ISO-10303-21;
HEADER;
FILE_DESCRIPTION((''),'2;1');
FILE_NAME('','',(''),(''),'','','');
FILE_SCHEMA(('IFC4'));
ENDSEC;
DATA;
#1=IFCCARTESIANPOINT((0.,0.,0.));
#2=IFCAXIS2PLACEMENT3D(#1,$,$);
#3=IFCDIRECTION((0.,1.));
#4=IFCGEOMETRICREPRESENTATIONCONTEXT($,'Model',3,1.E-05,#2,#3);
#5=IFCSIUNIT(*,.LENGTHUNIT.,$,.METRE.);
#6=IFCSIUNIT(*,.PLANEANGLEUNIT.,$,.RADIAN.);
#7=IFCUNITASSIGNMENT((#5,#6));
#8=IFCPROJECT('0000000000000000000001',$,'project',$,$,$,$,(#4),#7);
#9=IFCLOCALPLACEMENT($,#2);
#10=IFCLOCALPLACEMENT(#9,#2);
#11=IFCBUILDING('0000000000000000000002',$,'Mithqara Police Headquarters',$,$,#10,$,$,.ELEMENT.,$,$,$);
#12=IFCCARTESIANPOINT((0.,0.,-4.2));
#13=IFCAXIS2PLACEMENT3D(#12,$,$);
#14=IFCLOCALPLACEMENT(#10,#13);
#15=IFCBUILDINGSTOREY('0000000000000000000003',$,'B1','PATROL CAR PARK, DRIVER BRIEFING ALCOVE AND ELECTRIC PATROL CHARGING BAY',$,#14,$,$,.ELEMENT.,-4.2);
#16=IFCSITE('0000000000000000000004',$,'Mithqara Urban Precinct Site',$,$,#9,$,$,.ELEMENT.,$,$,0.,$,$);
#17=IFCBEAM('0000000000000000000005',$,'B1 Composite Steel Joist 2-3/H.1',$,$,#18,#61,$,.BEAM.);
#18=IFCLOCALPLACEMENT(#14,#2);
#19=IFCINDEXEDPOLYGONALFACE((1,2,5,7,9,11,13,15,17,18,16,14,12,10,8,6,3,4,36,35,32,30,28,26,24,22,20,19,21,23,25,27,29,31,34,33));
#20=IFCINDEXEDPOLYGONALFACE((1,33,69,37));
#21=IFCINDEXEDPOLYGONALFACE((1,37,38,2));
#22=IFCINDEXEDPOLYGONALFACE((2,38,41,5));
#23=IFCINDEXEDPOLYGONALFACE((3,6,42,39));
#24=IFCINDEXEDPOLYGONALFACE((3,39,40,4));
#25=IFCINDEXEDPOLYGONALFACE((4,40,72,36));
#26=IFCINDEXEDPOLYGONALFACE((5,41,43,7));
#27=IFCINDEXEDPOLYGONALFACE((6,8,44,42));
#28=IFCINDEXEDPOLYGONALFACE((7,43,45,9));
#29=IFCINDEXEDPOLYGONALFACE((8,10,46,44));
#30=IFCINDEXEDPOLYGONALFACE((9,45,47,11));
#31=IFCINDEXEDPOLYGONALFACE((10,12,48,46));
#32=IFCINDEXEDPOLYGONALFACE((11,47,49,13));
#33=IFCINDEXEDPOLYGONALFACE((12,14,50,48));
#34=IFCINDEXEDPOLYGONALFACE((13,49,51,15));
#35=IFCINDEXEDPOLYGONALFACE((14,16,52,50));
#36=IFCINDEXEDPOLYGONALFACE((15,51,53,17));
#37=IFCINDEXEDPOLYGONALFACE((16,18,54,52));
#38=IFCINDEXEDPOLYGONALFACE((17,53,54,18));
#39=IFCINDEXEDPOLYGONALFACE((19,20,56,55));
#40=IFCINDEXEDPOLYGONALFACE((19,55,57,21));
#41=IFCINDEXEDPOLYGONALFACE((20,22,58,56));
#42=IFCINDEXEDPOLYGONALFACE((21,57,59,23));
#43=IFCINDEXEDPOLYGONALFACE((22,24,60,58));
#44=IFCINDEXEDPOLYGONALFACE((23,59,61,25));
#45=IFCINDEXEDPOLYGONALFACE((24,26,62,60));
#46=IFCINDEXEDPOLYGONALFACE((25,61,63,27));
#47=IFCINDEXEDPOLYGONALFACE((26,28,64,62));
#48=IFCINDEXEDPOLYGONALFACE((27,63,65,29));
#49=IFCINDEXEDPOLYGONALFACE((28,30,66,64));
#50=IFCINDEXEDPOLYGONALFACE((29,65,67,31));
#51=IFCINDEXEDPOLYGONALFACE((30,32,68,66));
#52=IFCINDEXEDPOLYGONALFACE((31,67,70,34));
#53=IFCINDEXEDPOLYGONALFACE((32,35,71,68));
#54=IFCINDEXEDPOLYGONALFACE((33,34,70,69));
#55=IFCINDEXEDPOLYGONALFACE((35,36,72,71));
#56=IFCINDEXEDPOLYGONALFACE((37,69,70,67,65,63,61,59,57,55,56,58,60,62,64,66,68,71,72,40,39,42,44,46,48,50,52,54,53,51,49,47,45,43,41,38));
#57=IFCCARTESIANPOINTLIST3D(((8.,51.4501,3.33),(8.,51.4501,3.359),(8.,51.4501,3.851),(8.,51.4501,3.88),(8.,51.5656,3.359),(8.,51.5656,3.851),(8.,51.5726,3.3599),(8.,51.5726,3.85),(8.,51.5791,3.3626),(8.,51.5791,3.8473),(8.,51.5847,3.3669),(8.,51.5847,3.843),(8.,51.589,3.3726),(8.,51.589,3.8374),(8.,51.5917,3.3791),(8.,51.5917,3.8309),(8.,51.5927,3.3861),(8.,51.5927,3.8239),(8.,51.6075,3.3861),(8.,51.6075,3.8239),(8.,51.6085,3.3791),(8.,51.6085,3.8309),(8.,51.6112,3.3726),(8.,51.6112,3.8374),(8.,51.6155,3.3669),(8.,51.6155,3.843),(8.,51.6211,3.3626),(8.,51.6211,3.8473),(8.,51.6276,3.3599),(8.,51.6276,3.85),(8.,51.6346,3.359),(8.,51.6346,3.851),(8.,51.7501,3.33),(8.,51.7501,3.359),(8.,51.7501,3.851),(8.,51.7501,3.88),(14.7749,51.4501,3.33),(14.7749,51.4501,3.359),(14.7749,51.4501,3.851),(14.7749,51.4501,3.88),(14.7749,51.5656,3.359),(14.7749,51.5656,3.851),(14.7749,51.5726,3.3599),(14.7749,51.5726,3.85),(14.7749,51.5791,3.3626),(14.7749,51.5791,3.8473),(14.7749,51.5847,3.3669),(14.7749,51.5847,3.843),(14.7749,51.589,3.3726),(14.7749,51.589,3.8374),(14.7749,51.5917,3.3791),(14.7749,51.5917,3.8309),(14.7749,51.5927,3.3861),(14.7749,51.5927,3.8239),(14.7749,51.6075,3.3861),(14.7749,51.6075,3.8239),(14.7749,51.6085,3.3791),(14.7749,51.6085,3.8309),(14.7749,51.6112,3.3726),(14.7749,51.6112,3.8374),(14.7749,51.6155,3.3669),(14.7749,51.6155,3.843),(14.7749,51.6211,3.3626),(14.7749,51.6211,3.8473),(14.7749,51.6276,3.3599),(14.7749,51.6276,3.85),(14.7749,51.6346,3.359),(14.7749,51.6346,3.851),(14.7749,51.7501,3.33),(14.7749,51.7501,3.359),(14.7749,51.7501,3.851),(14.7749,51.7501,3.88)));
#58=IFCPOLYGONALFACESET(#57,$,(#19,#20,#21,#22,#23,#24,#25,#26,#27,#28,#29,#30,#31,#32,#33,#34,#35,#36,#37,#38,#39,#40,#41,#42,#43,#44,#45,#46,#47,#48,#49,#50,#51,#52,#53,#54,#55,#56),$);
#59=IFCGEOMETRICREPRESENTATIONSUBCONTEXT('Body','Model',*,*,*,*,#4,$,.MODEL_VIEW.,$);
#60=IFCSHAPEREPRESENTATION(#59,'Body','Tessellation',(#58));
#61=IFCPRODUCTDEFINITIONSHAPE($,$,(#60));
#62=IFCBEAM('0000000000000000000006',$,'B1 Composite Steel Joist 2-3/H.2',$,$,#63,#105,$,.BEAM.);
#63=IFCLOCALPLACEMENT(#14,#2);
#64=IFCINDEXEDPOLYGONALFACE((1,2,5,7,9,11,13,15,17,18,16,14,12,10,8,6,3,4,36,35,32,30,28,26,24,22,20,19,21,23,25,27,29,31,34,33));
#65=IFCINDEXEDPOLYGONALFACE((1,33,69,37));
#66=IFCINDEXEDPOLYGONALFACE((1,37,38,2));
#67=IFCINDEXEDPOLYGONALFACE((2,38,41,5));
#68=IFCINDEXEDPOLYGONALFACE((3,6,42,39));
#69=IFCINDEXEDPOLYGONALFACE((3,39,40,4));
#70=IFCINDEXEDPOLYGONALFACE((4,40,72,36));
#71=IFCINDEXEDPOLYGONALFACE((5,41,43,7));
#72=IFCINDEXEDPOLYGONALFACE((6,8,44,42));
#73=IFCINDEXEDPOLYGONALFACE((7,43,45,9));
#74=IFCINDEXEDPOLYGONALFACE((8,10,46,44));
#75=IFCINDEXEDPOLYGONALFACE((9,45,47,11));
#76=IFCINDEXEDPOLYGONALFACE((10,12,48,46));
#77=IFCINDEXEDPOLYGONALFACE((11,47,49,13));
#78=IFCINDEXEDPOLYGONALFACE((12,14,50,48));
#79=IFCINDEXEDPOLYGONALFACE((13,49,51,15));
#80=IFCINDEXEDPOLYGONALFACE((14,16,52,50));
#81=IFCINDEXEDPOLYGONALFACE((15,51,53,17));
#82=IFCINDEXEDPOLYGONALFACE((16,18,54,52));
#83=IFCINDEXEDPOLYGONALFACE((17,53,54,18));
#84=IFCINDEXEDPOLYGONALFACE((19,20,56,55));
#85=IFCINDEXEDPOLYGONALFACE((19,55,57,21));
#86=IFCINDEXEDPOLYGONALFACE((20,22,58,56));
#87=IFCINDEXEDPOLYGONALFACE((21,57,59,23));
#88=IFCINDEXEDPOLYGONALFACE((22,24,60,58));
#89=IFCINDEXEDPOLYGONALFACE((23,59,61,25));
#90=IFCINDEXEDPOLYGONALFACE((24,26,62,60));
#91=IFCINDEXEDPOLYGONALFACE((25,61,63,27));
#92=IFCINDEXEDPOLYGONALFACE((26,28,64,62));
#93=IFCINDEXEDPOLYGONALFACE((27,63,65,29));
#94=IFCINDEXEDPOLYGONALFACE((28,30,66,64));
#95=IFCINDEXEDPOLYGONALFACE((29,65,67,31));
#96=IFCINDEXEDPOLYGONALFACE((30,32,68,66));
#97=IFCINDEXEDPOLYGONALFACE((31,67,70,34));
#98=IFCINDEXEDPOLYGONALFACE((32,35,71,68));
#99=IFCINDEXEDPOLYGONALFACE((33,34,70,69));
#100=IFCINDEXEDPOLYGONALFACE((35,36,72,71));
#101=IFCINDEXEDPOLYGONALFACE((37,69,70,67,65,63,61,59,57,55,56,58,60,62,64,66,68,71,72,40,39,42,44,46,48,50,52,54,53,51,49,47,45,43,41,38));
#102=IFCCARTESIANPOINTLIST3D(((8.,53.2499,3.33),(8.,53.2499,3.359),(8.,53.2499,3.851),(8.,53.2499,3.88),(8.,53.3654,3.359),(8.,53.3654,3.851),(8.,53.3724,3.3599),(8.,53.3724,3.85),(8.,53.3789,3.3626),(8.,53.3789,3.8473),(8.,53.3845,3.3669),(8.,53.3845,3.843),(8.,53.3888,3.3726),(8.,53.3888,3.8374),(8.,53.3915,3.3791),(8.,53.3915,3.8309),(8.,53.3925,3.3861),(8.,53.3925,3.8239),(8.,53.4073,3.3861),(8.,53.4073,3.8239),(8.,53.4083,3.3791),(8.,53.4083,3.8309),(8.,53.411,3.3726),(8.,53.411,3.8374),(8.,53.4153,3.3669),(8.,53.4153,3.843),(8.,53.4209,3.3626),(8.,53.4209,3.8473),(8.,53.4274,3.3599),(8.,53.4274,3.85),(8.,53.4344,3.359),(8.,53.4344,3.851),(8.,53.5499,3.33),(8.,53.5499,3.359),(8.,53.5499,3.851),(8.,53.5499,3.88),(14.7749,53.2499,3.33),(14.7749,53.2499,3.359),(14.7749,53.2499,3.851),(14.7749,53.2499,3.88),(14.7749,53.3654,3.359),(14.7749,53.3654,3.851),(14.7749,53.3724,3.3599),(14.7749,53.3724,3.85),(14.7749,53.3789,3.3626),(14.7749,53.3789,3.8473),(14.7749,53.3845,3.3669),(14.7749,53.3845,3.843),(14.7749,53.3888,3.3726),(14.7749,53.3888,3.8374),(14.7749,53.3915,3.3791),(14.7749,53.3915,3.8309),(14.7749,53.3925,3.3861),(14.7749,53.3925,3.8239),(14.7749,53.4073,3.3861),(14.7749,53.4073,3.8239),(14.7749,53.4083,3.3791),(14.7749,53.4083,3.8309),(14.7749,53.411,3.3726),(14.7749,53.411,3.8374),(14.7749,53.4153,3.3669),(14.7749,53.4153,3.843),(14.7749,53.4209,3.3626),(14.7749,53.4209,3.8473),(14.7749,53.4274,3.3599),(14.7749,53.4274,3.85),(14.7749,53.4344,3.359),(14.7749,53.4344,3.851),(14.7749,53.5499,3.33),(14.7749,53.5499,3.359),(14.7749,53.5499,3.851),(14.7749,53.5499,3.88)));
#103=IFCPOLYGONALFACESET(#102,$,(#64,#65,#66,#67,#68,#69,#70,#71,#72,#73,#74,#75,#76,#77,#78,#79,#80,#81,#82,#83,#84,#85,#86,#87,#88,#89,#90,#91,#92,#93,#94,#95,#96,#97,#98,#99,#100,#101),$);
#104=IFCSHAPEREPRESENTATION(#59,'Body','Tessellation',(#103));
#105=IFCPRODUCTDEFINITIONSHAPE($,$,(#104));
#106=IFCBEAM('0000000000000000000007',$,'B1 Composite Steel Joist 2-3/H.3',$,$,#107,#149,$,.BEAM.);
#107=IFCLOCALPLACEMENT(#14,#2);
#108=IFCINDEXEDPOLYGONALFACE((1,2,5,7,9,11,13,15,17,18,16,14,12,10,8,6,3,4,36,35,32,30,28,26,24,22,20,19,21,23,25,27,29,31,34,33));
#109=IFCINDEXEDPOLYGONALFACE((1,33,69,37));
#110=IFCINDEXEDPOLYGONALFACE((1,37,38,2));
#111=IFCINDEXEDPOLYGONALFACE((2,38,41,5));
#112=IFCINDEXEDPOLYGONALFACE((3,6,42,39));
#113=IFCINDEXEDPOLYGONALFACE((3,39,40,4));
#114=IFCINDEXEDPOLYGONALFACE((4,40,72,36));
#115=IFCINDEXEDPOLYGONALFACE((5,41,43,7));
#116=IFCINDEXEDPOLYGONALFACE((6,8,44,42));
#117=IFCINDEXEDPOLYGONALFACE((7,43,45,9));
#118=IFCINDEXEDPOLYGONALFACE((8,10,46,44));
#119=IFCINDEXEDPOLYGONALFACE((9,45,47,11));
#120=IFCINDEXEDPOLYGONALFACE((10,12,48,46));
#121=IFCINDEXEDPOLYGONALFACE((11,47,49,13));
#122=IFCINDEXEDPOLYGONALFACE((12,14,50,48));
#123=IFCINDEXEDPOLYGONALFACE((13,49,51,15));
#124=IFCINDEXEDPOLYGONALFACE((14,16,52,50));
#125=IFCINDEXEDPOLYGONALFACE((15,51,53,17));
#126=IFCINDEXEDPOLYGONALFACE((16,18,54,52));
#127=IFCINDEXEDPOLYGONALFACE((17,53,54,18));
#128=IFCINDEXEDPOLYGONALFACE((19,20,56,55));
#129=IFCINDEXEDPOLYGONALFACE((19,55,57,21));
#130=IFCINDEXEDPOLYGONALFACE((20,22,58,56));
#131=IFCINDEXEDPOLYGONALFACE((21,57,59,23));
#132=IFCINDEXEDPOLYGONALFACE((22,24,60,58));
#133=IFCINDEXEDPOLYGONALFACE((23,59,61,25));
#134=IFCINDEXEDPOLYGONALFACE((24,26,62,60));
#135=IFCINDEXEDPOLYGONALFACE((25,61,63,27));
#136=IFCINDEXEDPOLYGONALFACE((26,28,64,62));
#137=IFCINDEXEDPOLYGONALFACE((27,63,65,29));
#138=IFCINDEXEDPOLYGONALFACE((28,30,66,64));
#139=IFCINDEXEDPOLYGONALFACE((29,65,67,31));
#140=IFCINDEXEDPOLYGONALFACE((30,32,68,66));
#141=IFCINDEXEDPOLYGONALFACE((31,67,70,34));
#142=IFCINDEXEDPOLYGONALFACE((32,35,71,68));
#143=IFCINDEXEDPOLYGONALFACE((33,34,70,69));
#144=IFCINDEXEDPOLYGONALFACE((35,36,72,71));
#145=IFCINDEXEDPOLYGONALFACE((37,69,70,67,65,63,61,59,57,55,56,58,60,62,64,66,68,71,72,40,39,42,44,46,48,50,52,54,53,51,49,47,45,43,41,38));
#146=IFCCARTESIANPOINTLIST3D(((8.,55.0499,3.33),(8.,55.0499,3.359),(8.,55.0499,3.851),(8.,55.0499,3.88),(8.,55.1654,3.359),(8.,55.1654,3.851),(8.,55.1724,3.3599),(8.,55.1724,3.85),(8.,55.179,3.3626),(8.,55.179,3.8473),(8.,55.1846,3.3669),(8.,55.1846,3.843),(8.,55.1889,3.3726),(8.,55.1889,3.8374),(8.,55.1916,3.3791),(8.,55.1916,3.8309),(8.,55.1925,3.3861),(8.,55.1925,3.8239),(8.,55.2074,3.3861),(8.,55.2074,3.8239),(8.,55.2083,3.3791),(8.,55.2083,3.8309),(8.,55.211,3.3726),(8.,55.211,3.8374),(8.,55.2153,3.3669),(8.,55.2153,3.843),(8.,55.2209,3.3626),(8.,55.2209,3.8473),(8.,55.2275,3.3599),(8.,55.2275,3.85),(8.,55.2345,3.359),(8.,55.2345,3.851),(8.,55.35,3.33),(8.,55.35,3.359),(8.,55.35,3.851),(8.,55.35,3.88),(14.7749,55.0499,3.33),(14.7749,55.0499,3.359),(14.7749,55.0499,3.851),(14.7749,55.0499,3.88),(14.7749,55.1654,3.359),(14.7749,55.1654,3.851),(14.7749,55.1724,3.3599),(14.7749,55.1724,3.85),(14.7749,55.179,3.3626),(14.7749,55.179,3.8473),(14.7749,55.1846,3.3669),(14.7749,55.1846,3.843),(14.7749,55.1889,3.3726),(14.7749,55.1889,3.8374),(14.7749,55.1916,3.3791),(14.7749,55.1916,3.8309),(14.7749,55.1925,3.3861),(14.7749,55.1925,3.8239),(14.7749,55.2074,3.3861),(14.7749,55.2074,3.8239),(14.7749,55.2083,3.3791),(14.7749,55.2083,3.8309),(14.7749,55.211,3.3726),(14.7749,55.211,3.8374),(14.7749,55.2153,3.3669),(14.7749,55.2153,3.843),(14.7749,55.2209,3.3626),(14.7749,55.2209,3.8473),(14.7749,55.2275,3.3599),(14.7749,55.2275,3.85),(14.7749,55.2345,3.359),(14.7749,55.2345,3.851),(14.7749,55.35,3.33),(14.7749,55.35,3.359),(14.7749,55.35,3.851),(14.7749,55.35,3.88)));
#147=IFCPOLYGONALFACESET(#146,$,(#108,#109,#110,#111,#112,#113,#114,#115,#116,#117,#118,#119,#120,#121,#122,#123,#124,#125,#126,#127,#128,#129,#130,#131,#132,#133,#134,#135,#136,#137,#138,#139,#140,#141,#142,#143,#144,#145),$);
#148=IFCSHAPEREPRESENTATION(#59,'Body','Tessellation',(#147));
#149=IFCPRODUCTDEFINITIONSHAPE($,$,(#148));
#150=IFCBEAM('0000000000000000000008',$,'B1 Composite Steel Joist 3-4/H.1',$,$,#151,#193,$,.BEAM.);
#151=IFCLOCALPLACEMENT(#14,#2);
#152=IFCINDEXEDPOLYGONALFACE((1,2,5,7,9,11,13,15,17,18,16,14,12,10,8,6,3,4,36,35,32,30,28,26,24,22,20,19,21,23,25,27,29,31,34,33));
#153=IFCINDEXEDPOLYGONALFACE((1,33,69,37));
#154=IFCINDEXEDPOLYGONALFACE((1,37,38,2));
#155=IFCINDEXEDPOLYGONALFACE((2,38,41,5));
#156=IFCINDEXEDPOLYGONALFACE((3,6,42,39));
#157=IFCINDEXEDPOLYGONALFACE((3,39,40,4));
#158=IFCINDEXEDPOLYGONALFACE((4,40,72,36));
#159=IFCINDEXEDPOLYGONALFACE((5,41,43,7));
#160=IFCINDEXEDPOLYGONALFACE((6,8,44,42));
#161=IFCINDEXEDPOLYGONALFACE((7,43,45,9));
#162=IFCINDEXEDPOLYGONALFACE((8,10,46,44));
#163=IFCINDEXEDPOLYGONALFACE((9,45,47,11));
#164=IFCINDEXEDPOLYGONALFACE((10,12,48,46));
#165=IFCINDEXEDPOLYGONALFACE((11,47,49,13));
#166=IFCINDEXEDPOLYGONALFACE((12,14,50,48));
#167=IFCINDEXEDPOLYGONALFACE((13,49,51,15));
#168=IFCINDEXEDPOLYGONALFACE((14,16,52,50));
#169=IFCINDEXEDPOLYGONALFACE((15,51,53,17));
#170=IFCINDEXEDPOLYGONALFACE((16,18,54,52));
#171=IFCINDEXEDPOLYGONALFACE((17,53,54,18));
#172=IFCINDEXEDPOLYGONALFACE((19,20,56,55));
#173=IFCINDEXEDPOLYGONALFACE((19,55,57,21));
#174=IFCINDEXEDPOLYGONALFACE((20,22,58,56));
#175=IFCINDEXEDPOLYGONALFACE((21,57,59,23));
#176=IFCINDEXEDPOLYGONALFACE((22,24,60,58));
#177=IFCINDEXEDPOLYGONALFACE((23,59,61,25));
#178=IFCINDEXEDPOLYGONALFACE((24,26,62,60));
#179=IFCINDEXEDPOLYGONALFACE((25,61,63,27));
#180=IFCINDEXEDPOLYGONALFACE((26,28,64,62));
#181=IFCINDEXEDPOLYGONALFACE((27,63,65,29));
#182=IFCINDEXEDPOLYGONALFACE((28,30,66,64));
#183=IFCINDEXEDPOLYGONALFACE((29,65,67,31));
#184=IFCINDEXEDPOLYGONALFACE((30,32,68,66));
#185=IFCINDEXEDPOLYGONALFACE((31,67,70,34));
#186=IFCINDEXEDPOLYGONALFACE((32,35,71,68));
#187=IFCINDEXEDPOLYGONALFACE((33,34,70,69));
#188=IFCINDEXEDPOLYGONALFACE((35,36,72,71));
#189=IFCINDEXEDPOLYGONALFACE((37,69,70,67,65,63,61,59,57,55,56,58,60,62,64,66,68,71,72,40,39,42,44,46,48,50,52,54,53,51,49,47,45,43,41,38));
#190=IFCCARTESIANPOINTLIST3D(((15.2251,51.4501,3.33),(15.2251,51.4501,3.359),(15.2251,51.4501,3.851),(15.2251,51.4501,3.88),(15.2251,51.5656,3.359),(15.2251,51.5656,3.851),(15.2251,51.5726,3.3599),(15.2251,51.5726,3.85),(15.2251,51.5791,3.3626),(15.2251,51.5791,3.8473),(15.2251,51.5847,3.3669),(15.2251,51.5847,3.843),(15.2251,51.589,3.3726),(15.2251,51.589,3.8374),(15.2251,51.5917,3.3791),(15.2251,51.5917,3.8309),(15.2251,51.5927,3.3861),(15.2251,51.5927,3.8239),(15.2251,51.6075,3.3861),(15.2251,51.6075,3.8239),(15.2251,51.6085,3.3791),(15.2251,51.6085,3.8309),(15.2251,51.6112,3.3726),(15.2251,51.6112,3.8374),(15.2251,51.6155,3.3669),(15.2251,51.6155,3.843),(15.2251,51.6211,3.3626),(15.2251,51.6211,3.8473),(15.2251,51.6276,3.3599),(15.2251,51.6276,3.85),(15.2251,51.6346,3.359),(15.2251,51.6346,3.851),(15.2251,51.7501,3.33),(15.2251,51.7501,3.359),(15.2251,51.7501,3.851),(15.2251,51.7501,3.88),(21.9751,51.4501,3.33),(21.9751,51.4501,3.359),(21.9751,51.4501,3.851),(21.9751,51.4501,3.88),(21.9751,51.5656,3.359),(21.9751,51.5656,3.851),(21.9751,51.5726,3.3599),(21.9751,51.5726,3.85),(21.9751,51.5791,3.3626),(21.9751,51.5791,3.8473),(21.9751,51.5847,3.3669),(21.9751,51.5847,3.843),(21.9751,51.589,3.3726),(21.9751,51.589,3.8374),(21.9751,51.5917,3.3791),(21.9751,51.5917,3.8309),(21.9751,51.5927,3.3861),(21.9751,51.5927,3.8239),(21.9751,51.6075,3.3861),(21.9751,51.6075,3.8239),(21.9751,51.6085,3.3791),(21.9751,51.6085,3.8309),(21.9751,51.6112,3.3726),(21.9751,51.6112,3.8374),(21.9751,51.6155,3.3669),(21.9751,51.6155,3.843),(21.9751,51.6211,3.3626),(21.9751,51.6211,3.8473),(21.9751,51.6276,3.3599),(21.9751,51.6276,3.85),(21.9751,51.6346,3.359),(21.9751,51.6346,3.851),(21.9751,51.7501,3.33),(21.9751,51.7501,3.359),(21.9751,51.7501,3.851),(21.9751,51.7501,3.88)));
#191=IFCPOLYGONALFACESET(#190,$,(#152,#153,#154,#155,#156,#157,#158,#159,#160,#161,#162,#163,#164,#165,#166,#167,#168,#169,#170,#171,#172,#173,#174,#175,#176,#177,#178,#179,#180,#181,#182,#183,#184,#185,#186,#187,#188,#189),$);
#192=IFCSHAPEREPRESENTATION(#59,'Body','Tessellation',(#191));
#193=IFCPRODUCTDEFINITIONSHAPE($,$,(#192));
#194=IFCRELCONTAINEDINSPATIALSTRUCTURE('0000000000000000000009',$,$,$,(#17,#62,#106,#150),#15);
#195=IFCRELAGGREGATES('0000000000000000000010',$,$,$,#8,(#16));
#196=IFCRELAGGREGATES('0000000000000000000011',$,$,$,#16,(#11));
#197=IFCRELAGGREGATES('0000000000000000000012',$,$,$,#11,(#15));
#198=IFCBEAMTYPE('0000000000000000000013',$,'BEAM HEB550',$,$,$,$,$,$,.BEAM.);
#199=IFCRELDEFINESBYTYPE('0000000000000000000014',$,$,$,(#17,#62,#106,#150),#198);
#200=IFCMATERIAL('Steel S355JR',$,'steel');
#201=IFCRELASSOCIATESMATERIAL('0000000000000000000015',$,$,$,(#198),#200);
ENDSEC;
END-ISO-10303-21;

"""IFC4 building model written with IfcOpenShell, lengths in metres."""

from ifc_helpers import new_model, si_unit, direction, frame, origin, origin_2d, place, context, subcontext, project, spatial, i_section, extrude, material, material_profile, profile_set, type_object, element, save


model = new_model("IFC4")

# Units and contexts
model_context = context("Model", 3, precision=1e-05, world=origin(), true_north=direction((0.0, 1.0)))
body_context = subcontext(model_context, "Body", "Model", "MODEL_VIEW")
ifc_project = project(units=[si_unit("LENGTHUNIT", "METRE"), si_unit("PLANEANGLEUNIT", "RADIAN")], contexts=[model_context])

# Site, building, storey
site_placement = place(None, origin())
site = spatial("IfcSite", under=ifc_project, at=site_placement, Name="Mithqara Urban Precinct Site", CompositionType="ELEMENT", RefElevation=0.0)
building_placement = place(site_placement, origin())
building = spatial("IfcBuilding", under=site, at=building_placement, Name="Mithqara Police Headquarters", CompositionType="ELEMENT")
storey_placement = place(building_placement, frame((0.0, 0.0, -4.2)))
storey = spatial("IfcBuildingStorey", under=building, at=storey_placement, Name="B1", Description="PATROL CAR PARK, DRIVER BRIEFING ALCOVE AND ELECTRIC PATROL CHARGING BAY", CompositionType="ELEMENT", Elevation=-4.2)

# Beams
ifc_material_1 = material(Name="Steel S355JR", Category="steel")
ifc_material_profile_1 = material_profile(ifc_material_1, i_section(OverallWidth=0.3, OverallDepth=0.55, WebThickness=0.0149, FlangeThickness=0.0291, FilletRadius=0.0271, at=origin_2d()), Name="HEB 550")
ifc_profile_set_1 = profile_set([ifc_material_profile_1], Name="Steel S355JR")
beam_type_1 = type_object("IfcBeamType", Name="BEAM HEB550", PredefinedType="BEAM", material=ifc_profile_set_1)
for number, where, z_axis, x_axis, name in (
    (1, (8.0, 51.6001, 3.605), (1.0, 0.0, 0.0), (0.0, 1.0, 0.0), "B1 Composite Steel Joist 2-3/H.1"),
    (2, (8.0, 53.3999, 3.605), (1.0, 0.0, 0.0), (0.0, 1.0, 0.0), "B1 Composite Steel Joist 2-3/H.2"),
    (3, (8.0, 55.2, 3.605), (1.0, 0.0, 0.0), (0.0, 1.0, 0.0), "B1 Composite Steel Joist 2-3/H.3"),
):
    element("IfcBeam", number, at=place(storey_placement, frame(where, z_axis=z_axis, x_axis=x_axis)), inside=storey, type_object=beam_type_1, Name=name, PredefinedType="BEAM", context=body_context, shape_type="SweptSolid", body=[
        extrude(i_section(OverallWidth=0.3, OverallDepth=0.55, WebThickness=0.0149, FlangeThickness=0.0291, FilletRadius=0.0271, at=origin_2d()), origin(), (0.0, 0.0, 1.0), 6.7749),
    ])
for number, where, z_axis, x_axis, name in (
    (4, (15.2251, 51.6001, 3.605), (1.0, 0.0, 0.0), (0.0, 1.0, 0.0), "B1 Composite Steel Joist 3-4/H.1"),
):
    element("IfcBeam", number, at=place(storey_placement, frame(where, z_axis=z_axis, x_axis=x_axis)), inside=storey, type_object=beam_type_1, Name=name, PredefinedType="BEAM", context=body_context, shape_type="SweptSolid", body=[
        extrude(i_section(OverallWidth=0.3, OverallDepth=0.55, WebThickness=0.0149, FlangeThickness=0.0291, FilletRadius=0.0271, at=origin_2d()), origin(), (0.0, 0.0, 1.0), 6.75),
    ])

save(model, "model.ifc")
